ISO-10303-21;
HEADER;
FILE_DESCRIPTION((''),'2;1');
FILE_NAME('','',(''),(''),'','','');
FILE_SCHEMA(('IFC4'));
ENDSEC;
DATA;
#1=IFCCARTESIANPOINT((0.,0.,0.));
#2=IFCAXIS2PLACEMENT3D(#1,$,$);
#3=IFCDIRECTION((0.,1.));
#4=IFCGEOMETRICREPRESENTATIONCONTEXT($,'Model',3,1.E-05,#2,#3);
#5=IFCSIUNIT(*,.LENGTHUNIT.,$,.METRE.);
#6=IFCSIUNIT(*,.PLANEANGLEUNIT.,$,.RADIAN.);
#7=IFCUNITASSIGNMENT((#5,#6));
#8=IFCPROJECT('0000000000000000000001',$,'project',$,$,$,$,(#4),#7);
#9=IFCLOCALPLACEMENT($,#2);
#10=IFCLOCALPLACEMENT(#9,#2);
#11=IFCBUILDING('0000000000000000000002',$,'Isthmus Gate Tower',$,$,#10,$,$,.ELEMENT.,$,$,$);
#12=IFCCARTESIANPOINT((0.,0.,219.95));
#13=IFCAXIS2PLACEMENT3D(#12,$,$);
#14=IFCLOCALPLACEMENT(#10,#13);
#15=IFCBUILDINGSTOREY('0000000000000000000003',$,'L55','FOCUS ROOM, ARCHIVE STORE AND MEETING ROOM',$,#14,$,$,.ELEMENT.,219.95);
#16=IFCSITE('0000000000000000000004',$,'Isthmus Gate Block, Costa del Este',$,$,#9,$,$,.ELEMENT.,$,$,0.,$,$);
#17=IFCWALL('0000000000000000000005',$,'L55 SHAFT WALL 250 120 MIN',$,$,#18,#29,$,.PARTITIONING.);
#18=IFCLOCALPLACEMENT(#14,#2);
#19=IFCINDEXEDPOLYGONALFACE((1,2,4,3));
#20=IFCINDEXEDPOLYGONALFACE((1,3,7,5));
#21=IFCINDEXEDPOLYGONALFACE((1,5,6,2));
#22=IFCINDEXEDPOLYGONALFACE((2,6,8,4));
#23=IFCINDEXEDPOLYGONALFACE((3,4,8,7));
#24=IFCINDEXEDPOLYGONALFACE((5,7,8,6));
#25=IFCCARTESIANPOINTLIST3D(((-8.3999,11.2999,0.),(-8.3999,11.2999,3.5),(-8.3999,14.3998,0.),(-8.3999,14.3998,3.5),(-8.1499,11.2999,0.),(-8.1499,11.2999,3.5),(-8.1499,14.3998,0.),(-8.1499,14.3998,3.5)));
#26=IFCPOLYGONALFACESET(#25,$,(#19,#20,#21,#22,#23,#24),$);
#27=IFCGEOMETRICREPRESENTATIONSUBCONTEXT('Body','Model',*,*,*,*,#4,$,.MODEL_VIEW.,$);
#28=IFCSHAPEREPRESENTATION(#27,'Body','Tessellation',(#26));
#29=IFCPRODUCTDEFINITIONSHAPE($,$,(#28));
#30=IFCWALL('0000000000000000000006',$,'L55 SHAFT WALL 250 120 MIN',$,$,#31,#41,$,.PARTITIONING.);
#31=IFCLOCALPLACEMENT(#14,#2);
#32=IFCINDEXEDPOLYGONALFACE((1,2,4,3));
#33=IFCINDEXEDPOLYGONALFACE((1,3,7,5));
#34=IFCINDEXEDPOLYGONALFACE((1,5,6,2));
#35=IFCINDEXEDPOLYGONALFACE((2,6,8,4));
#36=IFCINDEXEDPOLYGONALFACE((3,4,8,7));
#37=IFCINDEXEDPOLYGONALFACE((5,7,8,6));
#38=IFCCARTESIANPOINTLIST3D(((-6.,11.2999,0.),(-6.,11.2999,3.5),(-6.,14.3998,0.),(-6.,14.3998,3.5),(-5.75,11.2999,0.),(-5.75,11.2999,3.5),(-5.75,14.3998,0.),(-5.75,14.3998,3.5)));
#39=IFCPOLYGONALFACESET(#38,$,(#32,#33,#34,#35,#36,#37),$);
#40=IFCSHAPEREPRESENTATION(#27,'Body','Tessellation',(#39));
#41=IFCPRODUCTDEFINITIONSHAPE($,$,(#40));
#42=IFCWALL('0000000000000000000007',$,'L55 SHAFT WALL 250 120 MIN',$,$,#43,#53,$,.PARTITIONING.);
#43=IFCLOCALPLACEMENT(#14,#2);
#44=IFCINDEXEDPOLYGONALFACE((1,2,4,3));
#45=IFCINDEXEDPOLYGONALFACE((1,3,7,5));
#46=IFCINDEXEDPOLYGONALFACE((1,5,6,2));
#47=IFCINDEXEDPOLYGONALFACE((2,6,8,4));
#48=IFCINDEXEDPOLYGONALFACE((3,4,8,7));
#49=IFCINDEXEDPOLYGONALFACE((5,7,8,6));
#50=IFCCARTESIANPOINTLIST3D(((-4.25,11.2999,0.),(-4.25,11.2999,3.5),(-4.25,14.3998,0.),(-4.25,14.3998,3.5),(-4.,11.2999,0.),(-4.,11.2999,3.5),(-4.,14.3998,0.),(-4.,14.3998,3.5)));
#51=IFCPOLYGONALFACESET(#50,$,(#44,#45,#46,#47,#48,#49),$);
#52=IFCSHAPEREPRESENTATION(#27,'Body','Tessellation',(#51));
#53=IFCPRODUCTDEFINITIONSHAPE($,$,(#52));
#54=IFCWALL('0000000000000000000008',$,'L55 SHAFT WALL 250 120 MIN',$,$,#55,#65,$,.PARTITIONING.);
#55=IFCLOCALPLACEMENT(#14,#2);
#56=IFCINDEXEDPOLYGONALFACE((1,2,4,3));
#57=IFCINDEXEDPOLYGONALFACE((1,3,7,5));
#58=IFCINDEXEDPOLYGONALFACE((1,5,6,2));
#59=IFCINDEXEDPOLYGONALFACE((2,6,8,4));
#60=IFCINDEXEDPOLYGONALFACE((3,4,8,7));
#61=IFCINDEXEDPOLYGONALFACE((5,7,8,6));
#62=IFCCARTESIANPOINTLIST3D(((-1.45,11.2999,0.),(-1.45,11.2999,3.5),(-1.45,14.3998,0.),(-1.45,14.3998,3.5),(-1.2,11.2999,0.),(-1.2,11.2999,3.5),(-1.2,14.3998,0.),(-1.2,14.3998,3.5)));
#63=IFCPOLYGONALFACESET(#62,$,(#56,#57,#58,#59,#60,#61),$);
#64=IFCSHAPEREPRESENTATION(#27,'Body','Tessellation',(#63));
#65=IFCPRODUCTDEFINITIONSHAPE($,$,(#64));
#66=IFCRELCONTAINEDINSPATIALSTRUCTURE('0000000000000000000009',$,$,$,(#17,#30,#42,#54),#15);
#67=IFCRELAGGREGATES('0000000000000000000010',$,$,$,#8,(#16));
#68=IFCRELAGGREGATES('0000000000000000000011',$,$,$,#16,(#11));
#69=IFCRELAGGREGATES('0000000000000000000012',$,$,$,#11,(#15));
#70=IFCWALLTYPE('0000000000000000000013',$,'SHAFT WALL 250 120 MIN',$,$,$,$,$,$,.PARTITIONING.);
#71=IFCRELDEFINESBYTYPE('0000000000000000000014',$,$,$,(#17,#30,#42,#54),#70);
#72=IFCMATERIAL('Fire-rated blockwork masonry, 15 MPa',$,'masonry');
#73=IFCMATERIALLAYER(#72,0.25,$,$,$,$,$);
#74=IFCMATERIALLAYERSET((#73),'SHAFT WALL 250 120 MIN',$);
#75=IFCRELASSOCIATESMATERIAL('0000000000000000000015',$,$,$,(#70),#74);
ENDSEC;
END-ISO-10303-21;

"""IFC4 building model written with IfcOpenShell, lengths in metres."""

from ifc_helpers import new_model, si_unit, direction, frame, frame_2d, origin, place, context, subcontext, project, spatial, rectangle, extrude, material, layer, layer_set, type_object, element, save


model = new_model("IFC4")

# Units and contexts
model_context = context("Model", 3, precision=1e-05, world=origin(), true_north=direction((0.0, 1.0)))
body_context = subcontext(model_context, "Body", "Model", "MODEL_VIEW")
ifc_project = project(units=[si_unit("LENGTHUNIT", "METRE"), si_unit("PLANEANGLEUNIT", "RADIAN")], contexts=[model_context])

# Site, building, storey
site_placement = place(None, origin())
site = spatial("IfcSite", under=ifc_project, at=site_placement, Name="Isthmus Gate Block, Costa del Este", CompositionType="ELEMENT", RefElevation=0.0)
building_placement = place(site_placement, origin())
building = spatial("IfcBuilding", under=site, at=building_placement, Name="Isthmus Gate Tower", CompositionType="ELEMENT")
storey_placement = place(building_placement, frame((0.0, 0.0, 219.95)))
storey = spatial("IfcBuildingStorey", under=building, at=storey_placement, Name="L55", Description="FOCUS ROOM, ARCHIVE STORE AND MEETING ROOM", CompositionType="ELEMENT", Elevation=219.95)

# Walls
ifc_material_1 = material(Name="Fire-rated blockwork masonry, 15 MPa", Category="masonry")
ifc_layer_1 = layer(ifc_material_1, 0.25)
ifc_layer_set_1 = layer_set([ifc_layer_1], Name="SHAFT WALL 250 120 MIN")
wall_type_1 = type_object("IfcWallType", Name="SHAFT WALL 250 120 MIN", PredefinedType="PARTITIONING", material=ifc_layer_set_1)
for number, where, z_axis, x_axis, name in (
    (1, (-8.2749, 11.3, 0.0), (0.0, 0.0, 1.0), (0.0, 1.0, 0.0), "L55 SHAFT WALL 250 120 MIN"),
    (2, (-5.875, 11.3, 0.0), (0.0, 0.0, 1.0), (0.0, 1.0, 0.0), "L55 SHAFT WALL 250 120 MIN"),
    (3, (-4.125, 11.3, 0.0), (0.0, 0.0, 1.0), (0.0, 1.0, 0.0), "L55 SHAFT WALL 250 120 MIN"),
    (4, (-1.325, 11.3, 0.0), (0.0, 0.0, 1.0), (0.0, 1.0, 0.0), "L55 SHAFT WALL 250 120 MIN"),
):
    element("IfcWall", number, at=place(storey_placement, frame(where, z_axis=z_axis, x_axis=x_axis)), inside=storey, type_object=wall_type_1, Name=name, PredefinedType="PARTITIONING", context=body_context, shape_type="SweptSolid", body=[
        extrude(rectangle(XDim=3.0999, YDim=0.25, at=frame_2d((1.5498, 0.0))), origin(), (0.0, 0.0, 1.0), 3.5),
    ])

save(model, "model.ifc")
